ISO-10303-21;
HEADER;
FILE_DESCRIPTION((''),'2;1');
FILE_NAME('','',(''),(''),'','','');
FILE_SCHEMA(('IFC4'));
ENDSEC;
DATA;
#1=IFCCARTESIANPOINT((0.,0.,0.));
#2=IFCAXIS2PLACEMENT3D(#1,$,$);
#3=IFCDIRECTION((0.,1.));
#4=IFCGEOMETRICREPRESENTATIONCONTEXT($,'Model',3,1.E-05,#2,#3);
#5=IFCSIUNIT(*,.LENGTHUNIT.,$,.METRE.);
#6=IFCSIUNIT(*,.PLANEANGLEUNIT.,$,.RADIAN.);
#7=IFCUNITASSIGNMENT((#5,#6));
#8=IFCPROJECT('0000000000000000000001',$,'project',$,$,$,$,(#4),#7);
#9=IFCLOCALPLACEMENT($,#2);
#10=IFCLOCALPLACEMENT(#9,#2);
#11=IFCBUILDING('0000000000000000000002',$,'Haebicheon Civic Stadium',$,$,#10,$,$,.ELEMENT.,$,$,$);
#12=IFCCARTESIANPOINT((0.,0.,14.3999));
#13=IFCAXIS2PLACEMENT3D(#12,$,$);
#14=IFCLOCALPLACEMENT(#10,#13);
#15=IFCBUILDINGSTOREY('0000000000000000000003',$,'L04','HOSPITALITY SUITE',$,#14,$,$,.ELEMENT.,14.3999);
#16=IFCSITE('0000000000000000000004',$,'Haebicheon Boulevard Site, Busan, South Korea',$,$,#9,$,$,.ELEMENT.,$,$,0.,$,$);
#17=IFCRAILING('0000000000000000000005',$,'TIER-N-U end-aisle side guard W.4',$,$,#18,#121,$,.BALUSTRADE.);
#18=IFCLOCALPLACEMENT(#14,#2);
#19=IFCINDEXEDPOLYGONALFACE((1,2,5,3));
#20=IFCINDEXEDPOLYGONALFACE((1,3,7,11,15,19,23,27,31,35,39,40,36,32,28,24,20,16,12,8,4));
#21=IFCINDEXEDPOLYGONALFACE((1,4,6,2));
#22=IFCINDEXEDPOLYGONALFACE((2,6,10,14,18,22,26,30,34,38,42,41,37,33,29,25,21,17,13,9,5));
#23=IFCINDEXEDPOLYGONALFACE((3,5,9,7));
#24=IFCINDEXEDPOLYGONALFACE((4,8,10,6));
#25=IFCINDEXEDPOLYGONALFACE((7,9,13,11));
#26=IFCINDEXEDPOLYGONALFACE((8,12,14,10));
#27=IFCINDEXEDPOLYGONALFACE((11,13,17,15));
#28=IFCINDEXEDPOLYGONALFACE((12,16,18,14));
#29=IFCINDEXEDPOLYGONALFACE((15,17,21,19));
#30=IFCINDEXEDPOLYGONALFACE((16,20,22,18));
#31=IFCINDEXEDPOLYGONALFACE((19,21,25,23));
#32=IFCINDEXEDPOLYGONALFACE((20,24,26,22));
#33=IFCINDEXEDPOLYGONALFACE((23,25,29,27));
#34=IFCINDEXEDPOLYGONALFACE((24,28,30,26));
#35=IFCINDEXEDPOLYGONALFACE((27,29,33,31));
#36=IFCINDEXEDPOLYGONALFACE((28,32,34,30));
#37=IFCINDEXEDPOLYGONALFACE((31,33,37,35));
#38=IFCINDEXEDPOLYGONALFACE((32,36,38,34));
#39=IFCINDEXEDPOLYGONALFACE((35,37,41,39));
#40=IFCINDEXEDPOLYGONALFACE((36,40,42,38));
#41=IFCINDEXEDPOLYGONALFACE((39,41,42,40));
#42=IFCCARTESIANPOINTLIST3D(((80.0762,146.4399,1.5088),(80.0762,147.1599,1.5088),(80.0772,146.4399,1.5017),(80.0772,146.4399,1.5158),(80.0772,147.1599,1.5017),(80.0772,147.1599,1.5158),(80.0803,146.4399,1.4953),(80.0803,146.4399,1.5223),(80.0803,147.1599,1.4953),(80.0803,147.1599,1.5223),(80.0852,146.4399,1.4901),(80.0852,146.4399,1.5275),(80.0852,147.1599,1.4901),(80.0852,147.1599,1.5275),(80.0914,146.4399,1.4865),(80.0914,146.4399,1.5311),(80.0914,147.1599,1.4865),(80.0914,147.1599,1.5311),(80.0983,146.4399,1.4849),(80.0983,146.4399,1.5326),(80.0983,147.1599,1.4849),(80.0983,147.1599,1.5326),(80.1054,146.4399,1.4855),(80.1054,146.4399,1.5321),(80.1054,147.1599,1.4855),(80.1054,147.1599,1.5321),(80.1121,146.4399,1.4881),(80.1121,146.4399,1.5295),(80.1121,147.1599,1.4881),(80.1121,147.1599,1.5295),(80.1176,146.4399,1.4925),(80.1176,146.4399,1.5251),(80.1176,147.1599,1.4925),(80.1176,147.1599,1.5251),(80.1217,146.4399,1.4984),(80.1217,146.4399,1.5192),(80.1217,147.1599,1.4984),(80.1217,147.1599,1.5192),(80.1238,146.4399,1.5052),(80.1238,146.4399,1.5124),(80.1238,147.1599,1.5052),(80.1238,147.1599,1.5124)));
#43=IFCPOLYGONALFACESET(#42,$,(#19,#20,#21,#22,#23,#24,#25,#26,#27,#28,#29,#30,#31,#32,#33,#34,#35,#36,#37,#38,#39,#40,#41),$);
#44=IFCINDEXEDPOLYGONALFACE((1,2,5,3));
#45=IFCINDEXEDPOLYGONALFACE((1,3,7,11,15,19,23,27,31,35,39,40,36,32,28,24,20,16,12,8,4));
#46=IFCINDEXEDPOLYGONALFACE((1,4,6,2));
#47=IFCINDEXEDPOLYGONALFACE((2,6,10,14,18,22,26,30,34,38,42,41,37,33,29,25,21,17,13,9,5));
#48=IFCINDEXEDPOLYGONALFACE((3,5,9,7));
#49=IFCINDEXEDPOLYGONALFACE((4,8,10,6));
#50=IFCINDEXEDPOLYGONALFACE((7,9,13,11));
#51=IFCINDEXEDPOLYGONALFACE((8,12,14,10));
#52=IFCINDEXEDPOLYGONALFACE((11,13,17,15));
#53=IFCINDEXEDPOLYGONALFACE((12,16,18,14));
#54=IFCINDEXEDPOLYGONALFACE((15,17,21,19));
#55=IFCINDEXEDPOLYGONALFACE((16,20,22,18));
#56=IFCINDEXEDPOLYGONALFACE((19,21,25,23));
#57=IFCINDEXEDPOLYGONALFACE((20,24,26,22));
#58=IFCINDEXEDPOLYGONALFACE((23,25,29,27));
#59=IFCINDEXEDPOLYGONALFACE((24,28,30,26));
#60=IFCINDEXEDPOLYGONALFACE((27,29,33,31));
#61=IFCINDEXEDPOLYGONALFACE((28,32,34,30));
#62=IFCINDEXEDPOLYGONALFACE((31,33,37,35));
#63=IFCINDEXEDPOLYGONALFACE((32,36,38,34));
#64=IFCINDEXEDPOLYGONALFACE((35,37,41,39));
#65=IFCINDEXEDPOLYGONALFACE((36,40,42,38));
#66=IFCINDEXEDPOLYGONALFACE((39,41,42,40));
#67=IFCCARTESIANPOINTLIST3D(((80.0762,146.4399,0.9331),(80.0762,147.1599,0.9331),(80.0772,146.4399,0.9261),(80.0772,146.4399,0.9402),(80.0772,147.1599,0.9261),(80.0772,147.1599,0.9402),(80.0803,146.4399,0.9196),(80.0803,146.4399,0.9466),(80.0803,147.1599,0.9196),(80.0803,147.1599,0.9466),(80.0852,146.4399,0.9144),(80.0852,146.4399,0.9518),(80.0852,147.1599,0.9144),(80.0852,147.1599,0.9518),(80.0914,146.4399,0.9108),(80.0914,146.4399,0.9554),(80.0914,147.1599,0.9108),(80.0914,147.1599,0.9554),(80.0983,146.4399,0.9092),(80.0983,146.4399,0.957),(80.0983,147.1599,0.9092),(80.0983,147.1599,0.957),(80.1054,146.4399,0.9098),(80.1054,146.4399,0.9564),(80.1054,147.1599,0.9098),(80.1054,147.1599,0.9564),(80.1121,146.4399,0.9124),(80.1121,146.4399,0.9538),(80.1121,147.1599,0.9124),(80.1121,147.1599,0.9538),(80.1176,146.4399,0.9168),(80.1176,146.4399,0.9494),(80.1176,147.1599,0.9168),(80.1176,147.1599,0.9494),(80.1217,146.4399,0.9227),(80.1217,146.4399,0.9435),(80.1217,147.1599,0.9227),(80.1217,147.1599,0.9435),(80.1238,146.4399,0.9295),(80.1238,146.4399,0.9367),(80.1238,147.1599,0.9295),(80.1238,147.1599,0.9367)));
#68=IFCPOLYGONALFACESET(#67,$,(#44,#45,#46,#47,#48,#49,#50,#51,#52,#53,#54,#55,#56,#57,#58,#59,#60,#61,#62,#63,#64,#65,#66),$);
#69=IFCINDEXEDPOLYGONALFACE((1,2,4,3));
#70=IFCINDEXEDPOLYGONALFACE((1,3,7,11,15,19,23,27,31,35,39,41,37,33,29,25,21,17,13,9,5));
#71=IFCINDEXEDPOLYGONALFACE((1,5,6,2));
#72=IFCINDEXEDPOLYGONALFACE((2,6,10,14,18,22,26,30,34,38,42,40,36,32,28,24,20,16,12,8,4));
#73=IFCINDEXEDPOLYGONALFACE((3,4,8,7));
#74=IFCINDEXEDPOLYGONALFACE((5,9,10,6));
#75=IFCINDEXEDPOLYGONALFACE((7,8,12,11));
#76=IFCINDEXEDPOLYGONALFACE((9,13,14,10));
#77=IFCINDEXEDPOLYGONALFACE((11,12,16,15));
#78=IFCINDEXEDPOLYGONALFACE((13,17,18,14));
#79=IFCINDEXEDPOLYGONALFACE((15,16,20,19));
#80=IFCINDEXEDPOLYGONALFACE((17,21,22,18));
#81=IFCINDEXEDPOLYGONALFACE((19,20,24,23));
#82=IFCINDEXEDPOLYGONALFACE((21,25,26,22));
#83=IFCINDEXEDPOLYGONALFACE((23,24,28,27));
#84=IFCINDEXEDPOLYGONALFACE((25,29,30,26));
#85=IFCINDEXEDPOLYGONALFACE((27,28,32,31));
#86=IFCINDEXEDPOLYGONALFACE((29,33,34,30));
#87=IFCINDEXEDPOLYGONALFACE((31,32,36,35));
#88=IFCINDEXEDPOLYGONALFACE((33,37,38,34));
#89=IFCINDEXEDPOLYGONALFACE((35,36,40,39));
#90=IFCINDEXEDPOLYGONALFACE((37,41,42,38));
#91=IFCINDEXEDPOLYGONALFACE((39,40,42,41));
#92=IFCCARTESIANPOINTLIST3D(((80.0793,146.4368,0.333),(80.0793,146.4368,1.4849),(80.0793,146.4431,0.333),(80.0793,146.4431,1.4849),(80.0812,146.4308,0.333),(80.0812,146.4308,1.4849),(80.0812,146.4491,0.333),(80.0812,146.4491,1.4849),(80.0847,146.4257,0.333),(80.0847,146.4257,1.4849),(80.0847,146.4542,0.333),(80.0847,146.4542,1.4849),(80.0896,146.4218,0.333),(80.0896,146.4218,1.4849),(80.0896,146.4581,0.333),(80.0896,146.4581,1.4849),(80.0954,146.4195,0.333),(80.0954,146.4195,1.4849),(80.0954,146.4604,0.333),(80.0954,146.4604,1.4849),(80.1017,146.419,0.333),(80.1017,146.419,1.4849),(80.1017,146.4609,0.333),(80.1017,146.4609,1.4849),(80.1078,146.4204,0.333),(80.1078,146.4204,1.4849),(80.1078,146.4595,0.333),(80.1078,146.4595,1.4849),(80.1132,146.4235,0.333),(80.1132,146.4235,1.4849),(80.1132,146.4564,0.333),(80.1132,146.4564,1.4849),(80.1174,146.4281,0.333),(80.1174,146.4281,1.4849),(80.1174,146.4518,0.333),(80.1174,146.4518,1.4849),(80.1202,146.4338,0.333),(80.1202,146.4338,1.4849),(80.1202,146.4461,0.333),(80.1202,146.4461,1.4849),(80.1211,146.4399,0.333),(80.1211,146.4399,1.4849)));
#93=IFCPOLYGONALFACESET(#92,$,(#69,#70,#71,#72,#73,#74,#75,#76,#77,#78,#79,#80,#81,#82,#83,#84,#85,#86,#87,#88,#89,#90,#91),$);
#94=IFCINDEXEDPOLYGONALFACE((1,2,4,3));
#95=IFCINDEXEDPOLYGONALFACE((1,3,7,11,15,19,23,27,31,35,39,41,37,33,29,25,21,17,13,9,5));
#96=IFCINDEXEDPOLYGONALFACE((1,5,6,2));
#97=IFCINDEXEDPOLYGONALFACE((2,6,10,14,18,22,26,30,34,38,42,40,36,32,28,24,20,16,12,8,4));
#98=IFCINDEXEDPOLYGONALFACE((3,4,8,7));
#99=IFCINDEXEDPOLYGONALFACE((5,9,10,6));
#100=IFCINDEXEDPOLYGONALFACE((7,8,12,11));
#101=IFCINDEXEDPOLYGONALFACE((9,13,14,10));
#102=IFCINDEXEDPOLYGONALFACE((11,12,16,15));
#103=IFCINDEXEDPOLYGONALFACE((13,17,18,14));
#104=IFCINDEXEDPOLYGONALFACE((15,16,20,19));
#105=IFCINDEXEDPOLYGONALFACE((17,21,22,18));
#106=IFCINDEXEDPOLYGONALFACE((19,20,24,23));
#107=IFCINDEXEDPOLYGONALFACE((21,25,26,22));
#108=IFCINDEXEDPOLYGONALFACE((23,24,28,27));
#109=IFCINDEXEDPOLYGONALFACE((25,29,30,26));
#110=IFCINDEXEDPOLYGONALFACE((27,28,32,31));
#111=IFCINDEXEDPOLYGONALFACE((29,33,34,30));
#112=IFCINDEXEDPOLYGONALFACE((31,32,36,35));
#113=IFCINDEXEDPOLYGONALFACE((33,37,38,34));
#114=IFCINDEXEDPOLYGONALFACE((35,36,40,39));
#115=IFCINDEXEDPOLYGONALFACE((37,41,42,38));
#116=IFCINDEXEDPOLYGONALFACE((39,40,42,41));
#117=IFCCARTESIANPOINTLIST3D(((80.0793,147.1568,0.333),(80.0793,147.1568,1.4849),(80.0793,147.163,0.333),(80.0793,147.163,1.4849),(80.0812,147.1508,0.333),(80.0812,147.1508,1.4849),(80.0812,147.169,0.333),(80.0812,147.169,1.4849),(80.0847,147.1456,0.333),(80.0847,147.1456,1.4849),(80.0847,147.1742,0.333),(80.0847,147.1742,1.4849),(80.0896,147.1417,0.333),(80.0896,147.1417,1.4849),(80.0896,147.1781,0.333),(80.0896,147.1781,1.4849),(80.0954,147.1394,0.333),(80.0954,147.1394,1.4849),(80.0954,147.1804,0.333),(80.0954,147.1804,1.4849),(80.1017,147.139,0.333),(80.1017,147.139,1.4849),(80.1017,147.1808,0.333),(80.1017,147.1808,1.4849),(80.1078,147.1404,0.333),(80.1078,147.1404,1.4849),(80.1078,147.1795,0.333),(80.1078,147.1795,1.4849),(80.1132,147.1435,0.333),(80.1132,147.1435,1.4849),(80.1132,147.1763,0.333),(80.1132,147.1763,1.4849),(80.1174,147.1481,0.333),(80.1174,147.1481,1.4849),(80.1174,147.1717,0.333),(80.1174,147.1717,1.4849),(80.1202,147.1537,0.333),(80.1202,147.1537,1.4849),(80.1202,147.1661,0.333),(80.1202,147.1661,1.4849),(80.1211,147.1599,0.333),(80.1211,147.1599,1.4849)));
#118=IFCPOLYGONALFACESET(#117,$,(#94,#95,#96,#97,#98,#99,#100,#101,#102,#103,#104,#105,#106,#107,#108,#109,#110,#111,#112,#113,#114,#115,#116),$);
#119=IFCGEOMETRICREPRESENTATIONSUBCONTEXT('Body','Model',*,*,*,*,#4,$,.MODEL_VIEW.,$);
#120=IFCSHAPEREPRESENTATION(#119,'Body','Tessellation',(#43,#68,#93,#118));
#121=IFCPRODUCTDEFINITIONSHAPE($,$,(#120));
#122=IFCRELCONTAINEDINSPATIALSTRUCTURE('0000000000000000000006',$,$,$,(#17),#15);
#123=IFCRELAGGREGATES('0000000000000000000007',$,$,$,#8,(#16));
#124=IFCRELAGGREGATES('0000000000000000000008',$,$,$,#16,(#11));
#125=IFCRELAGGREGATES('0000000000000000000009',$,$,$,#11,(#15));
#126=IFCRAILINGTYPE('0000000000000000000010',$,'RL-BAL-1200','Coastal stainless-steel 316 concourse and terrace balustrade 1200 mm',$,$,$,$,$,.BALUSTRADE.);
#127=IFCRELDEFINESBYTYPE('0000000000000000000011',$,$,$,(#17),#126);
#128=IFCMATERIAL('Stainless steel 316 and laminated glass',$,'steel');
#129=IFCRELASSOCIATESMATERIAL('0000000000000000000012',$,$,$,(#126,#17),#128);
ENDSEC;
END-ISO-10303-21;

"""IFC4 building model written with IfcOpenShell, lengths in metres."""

from ifc_helpers import new_model, si_unit, direction, frame, origin, origin_2d, place, context, subcontext, project, spatial, circle, extrude, material, type_object, element, save


model = new_model("IFC4")

# Units and contexts
model_context = context("Model", 3, precision=1e-05, world=origin(), true_north=direction((0.0, 1.0)))
body_context = subcontext(model_context, "Body", "Model", "MODEL_VIEW")
ifc_project = project(units=[si_unit("LENGTHUNIT", "METRE"), si_unit("PLANEANGLEUNIT", "RADIAN")], contexts=[model_context])

# Site, building, storey
site_placement = place(None, origin())
site = spatial("IfcSite", under=ifc_project, at=site_placement, Name="Haebicheon Boulevard Site, Busan, South Korea", CompositionType="ELEMENT", RefElevation=0.0)
building_placement = place(site_placement, origin())
building = spatial("IfcBuilding", under=site, at=building_placement, Name="Haebicheon Civic Stadium", CompositionType="ELEMENT")
storey_placement = place(building_placement, frame((0.0, 0.0, 14.3999)))
storey = spatial("IfcBuildingStorey", under=building, at=storey_placement, Name="L04", Description="HOSPITALITY SUITE", CompositionType="ELEMENT", Elevation=14.3999)

# Railing
ifc_material_1 = material(Name="Stainless steel 316 and laminated glass", Category="steel")
railing_type = type_object("IfcRailingType", Name="RL-BAL-1200", Description="Coastal stainless-steel 316 concourse and terrace balustrade 1200 mm", PredefinedType="BALUSTRADE", material=ifc_material_1)
for number, where, name in (
    (1, (80.1001, 146.4399, 0.333), "TIER-N-U end-aisle side guard W.4"),
):
    element("IfcRailing", number, at=place(storey_placement, frame(where)), inside=storey, type_object=railing_type, material=ifc_material_1, Name=name, PredefinedType="BALUSTRADE", context=body_context, shape_type="SweptSolid", body=[
        extrude(circle(Radius=0.0239, at=origin_2d()), frame((0.0, 0.0, 1.1758), z_axis=(0.0, 1.0, 0.0), x_axis=(-1.0, 0.0, 0.0)), (0.0, 0.0, 1.0), 0.72),
        extrude(circle(Radius=0.0239, at=origin_2d()), frame((0.0, 0.0, 0.6001), z_axis=(0.0, 1.0, 0.0), x_axis=(-1.0, 0.0, 0.0)), (0.0, 0.0, 1.0), 0.72),
        extrude(circle(Radius=0.021, at=origin_2d()), origin(), (0.0, 0.0, 1.0), 1.1519),
        extrude(circle(Radius=0.021, at=origin_2d()), frame((0.0, 0.72, 0.0)), (0.0, 0.0, 1.0), 1.1519),
    ])

save(model, "model.ifc")
